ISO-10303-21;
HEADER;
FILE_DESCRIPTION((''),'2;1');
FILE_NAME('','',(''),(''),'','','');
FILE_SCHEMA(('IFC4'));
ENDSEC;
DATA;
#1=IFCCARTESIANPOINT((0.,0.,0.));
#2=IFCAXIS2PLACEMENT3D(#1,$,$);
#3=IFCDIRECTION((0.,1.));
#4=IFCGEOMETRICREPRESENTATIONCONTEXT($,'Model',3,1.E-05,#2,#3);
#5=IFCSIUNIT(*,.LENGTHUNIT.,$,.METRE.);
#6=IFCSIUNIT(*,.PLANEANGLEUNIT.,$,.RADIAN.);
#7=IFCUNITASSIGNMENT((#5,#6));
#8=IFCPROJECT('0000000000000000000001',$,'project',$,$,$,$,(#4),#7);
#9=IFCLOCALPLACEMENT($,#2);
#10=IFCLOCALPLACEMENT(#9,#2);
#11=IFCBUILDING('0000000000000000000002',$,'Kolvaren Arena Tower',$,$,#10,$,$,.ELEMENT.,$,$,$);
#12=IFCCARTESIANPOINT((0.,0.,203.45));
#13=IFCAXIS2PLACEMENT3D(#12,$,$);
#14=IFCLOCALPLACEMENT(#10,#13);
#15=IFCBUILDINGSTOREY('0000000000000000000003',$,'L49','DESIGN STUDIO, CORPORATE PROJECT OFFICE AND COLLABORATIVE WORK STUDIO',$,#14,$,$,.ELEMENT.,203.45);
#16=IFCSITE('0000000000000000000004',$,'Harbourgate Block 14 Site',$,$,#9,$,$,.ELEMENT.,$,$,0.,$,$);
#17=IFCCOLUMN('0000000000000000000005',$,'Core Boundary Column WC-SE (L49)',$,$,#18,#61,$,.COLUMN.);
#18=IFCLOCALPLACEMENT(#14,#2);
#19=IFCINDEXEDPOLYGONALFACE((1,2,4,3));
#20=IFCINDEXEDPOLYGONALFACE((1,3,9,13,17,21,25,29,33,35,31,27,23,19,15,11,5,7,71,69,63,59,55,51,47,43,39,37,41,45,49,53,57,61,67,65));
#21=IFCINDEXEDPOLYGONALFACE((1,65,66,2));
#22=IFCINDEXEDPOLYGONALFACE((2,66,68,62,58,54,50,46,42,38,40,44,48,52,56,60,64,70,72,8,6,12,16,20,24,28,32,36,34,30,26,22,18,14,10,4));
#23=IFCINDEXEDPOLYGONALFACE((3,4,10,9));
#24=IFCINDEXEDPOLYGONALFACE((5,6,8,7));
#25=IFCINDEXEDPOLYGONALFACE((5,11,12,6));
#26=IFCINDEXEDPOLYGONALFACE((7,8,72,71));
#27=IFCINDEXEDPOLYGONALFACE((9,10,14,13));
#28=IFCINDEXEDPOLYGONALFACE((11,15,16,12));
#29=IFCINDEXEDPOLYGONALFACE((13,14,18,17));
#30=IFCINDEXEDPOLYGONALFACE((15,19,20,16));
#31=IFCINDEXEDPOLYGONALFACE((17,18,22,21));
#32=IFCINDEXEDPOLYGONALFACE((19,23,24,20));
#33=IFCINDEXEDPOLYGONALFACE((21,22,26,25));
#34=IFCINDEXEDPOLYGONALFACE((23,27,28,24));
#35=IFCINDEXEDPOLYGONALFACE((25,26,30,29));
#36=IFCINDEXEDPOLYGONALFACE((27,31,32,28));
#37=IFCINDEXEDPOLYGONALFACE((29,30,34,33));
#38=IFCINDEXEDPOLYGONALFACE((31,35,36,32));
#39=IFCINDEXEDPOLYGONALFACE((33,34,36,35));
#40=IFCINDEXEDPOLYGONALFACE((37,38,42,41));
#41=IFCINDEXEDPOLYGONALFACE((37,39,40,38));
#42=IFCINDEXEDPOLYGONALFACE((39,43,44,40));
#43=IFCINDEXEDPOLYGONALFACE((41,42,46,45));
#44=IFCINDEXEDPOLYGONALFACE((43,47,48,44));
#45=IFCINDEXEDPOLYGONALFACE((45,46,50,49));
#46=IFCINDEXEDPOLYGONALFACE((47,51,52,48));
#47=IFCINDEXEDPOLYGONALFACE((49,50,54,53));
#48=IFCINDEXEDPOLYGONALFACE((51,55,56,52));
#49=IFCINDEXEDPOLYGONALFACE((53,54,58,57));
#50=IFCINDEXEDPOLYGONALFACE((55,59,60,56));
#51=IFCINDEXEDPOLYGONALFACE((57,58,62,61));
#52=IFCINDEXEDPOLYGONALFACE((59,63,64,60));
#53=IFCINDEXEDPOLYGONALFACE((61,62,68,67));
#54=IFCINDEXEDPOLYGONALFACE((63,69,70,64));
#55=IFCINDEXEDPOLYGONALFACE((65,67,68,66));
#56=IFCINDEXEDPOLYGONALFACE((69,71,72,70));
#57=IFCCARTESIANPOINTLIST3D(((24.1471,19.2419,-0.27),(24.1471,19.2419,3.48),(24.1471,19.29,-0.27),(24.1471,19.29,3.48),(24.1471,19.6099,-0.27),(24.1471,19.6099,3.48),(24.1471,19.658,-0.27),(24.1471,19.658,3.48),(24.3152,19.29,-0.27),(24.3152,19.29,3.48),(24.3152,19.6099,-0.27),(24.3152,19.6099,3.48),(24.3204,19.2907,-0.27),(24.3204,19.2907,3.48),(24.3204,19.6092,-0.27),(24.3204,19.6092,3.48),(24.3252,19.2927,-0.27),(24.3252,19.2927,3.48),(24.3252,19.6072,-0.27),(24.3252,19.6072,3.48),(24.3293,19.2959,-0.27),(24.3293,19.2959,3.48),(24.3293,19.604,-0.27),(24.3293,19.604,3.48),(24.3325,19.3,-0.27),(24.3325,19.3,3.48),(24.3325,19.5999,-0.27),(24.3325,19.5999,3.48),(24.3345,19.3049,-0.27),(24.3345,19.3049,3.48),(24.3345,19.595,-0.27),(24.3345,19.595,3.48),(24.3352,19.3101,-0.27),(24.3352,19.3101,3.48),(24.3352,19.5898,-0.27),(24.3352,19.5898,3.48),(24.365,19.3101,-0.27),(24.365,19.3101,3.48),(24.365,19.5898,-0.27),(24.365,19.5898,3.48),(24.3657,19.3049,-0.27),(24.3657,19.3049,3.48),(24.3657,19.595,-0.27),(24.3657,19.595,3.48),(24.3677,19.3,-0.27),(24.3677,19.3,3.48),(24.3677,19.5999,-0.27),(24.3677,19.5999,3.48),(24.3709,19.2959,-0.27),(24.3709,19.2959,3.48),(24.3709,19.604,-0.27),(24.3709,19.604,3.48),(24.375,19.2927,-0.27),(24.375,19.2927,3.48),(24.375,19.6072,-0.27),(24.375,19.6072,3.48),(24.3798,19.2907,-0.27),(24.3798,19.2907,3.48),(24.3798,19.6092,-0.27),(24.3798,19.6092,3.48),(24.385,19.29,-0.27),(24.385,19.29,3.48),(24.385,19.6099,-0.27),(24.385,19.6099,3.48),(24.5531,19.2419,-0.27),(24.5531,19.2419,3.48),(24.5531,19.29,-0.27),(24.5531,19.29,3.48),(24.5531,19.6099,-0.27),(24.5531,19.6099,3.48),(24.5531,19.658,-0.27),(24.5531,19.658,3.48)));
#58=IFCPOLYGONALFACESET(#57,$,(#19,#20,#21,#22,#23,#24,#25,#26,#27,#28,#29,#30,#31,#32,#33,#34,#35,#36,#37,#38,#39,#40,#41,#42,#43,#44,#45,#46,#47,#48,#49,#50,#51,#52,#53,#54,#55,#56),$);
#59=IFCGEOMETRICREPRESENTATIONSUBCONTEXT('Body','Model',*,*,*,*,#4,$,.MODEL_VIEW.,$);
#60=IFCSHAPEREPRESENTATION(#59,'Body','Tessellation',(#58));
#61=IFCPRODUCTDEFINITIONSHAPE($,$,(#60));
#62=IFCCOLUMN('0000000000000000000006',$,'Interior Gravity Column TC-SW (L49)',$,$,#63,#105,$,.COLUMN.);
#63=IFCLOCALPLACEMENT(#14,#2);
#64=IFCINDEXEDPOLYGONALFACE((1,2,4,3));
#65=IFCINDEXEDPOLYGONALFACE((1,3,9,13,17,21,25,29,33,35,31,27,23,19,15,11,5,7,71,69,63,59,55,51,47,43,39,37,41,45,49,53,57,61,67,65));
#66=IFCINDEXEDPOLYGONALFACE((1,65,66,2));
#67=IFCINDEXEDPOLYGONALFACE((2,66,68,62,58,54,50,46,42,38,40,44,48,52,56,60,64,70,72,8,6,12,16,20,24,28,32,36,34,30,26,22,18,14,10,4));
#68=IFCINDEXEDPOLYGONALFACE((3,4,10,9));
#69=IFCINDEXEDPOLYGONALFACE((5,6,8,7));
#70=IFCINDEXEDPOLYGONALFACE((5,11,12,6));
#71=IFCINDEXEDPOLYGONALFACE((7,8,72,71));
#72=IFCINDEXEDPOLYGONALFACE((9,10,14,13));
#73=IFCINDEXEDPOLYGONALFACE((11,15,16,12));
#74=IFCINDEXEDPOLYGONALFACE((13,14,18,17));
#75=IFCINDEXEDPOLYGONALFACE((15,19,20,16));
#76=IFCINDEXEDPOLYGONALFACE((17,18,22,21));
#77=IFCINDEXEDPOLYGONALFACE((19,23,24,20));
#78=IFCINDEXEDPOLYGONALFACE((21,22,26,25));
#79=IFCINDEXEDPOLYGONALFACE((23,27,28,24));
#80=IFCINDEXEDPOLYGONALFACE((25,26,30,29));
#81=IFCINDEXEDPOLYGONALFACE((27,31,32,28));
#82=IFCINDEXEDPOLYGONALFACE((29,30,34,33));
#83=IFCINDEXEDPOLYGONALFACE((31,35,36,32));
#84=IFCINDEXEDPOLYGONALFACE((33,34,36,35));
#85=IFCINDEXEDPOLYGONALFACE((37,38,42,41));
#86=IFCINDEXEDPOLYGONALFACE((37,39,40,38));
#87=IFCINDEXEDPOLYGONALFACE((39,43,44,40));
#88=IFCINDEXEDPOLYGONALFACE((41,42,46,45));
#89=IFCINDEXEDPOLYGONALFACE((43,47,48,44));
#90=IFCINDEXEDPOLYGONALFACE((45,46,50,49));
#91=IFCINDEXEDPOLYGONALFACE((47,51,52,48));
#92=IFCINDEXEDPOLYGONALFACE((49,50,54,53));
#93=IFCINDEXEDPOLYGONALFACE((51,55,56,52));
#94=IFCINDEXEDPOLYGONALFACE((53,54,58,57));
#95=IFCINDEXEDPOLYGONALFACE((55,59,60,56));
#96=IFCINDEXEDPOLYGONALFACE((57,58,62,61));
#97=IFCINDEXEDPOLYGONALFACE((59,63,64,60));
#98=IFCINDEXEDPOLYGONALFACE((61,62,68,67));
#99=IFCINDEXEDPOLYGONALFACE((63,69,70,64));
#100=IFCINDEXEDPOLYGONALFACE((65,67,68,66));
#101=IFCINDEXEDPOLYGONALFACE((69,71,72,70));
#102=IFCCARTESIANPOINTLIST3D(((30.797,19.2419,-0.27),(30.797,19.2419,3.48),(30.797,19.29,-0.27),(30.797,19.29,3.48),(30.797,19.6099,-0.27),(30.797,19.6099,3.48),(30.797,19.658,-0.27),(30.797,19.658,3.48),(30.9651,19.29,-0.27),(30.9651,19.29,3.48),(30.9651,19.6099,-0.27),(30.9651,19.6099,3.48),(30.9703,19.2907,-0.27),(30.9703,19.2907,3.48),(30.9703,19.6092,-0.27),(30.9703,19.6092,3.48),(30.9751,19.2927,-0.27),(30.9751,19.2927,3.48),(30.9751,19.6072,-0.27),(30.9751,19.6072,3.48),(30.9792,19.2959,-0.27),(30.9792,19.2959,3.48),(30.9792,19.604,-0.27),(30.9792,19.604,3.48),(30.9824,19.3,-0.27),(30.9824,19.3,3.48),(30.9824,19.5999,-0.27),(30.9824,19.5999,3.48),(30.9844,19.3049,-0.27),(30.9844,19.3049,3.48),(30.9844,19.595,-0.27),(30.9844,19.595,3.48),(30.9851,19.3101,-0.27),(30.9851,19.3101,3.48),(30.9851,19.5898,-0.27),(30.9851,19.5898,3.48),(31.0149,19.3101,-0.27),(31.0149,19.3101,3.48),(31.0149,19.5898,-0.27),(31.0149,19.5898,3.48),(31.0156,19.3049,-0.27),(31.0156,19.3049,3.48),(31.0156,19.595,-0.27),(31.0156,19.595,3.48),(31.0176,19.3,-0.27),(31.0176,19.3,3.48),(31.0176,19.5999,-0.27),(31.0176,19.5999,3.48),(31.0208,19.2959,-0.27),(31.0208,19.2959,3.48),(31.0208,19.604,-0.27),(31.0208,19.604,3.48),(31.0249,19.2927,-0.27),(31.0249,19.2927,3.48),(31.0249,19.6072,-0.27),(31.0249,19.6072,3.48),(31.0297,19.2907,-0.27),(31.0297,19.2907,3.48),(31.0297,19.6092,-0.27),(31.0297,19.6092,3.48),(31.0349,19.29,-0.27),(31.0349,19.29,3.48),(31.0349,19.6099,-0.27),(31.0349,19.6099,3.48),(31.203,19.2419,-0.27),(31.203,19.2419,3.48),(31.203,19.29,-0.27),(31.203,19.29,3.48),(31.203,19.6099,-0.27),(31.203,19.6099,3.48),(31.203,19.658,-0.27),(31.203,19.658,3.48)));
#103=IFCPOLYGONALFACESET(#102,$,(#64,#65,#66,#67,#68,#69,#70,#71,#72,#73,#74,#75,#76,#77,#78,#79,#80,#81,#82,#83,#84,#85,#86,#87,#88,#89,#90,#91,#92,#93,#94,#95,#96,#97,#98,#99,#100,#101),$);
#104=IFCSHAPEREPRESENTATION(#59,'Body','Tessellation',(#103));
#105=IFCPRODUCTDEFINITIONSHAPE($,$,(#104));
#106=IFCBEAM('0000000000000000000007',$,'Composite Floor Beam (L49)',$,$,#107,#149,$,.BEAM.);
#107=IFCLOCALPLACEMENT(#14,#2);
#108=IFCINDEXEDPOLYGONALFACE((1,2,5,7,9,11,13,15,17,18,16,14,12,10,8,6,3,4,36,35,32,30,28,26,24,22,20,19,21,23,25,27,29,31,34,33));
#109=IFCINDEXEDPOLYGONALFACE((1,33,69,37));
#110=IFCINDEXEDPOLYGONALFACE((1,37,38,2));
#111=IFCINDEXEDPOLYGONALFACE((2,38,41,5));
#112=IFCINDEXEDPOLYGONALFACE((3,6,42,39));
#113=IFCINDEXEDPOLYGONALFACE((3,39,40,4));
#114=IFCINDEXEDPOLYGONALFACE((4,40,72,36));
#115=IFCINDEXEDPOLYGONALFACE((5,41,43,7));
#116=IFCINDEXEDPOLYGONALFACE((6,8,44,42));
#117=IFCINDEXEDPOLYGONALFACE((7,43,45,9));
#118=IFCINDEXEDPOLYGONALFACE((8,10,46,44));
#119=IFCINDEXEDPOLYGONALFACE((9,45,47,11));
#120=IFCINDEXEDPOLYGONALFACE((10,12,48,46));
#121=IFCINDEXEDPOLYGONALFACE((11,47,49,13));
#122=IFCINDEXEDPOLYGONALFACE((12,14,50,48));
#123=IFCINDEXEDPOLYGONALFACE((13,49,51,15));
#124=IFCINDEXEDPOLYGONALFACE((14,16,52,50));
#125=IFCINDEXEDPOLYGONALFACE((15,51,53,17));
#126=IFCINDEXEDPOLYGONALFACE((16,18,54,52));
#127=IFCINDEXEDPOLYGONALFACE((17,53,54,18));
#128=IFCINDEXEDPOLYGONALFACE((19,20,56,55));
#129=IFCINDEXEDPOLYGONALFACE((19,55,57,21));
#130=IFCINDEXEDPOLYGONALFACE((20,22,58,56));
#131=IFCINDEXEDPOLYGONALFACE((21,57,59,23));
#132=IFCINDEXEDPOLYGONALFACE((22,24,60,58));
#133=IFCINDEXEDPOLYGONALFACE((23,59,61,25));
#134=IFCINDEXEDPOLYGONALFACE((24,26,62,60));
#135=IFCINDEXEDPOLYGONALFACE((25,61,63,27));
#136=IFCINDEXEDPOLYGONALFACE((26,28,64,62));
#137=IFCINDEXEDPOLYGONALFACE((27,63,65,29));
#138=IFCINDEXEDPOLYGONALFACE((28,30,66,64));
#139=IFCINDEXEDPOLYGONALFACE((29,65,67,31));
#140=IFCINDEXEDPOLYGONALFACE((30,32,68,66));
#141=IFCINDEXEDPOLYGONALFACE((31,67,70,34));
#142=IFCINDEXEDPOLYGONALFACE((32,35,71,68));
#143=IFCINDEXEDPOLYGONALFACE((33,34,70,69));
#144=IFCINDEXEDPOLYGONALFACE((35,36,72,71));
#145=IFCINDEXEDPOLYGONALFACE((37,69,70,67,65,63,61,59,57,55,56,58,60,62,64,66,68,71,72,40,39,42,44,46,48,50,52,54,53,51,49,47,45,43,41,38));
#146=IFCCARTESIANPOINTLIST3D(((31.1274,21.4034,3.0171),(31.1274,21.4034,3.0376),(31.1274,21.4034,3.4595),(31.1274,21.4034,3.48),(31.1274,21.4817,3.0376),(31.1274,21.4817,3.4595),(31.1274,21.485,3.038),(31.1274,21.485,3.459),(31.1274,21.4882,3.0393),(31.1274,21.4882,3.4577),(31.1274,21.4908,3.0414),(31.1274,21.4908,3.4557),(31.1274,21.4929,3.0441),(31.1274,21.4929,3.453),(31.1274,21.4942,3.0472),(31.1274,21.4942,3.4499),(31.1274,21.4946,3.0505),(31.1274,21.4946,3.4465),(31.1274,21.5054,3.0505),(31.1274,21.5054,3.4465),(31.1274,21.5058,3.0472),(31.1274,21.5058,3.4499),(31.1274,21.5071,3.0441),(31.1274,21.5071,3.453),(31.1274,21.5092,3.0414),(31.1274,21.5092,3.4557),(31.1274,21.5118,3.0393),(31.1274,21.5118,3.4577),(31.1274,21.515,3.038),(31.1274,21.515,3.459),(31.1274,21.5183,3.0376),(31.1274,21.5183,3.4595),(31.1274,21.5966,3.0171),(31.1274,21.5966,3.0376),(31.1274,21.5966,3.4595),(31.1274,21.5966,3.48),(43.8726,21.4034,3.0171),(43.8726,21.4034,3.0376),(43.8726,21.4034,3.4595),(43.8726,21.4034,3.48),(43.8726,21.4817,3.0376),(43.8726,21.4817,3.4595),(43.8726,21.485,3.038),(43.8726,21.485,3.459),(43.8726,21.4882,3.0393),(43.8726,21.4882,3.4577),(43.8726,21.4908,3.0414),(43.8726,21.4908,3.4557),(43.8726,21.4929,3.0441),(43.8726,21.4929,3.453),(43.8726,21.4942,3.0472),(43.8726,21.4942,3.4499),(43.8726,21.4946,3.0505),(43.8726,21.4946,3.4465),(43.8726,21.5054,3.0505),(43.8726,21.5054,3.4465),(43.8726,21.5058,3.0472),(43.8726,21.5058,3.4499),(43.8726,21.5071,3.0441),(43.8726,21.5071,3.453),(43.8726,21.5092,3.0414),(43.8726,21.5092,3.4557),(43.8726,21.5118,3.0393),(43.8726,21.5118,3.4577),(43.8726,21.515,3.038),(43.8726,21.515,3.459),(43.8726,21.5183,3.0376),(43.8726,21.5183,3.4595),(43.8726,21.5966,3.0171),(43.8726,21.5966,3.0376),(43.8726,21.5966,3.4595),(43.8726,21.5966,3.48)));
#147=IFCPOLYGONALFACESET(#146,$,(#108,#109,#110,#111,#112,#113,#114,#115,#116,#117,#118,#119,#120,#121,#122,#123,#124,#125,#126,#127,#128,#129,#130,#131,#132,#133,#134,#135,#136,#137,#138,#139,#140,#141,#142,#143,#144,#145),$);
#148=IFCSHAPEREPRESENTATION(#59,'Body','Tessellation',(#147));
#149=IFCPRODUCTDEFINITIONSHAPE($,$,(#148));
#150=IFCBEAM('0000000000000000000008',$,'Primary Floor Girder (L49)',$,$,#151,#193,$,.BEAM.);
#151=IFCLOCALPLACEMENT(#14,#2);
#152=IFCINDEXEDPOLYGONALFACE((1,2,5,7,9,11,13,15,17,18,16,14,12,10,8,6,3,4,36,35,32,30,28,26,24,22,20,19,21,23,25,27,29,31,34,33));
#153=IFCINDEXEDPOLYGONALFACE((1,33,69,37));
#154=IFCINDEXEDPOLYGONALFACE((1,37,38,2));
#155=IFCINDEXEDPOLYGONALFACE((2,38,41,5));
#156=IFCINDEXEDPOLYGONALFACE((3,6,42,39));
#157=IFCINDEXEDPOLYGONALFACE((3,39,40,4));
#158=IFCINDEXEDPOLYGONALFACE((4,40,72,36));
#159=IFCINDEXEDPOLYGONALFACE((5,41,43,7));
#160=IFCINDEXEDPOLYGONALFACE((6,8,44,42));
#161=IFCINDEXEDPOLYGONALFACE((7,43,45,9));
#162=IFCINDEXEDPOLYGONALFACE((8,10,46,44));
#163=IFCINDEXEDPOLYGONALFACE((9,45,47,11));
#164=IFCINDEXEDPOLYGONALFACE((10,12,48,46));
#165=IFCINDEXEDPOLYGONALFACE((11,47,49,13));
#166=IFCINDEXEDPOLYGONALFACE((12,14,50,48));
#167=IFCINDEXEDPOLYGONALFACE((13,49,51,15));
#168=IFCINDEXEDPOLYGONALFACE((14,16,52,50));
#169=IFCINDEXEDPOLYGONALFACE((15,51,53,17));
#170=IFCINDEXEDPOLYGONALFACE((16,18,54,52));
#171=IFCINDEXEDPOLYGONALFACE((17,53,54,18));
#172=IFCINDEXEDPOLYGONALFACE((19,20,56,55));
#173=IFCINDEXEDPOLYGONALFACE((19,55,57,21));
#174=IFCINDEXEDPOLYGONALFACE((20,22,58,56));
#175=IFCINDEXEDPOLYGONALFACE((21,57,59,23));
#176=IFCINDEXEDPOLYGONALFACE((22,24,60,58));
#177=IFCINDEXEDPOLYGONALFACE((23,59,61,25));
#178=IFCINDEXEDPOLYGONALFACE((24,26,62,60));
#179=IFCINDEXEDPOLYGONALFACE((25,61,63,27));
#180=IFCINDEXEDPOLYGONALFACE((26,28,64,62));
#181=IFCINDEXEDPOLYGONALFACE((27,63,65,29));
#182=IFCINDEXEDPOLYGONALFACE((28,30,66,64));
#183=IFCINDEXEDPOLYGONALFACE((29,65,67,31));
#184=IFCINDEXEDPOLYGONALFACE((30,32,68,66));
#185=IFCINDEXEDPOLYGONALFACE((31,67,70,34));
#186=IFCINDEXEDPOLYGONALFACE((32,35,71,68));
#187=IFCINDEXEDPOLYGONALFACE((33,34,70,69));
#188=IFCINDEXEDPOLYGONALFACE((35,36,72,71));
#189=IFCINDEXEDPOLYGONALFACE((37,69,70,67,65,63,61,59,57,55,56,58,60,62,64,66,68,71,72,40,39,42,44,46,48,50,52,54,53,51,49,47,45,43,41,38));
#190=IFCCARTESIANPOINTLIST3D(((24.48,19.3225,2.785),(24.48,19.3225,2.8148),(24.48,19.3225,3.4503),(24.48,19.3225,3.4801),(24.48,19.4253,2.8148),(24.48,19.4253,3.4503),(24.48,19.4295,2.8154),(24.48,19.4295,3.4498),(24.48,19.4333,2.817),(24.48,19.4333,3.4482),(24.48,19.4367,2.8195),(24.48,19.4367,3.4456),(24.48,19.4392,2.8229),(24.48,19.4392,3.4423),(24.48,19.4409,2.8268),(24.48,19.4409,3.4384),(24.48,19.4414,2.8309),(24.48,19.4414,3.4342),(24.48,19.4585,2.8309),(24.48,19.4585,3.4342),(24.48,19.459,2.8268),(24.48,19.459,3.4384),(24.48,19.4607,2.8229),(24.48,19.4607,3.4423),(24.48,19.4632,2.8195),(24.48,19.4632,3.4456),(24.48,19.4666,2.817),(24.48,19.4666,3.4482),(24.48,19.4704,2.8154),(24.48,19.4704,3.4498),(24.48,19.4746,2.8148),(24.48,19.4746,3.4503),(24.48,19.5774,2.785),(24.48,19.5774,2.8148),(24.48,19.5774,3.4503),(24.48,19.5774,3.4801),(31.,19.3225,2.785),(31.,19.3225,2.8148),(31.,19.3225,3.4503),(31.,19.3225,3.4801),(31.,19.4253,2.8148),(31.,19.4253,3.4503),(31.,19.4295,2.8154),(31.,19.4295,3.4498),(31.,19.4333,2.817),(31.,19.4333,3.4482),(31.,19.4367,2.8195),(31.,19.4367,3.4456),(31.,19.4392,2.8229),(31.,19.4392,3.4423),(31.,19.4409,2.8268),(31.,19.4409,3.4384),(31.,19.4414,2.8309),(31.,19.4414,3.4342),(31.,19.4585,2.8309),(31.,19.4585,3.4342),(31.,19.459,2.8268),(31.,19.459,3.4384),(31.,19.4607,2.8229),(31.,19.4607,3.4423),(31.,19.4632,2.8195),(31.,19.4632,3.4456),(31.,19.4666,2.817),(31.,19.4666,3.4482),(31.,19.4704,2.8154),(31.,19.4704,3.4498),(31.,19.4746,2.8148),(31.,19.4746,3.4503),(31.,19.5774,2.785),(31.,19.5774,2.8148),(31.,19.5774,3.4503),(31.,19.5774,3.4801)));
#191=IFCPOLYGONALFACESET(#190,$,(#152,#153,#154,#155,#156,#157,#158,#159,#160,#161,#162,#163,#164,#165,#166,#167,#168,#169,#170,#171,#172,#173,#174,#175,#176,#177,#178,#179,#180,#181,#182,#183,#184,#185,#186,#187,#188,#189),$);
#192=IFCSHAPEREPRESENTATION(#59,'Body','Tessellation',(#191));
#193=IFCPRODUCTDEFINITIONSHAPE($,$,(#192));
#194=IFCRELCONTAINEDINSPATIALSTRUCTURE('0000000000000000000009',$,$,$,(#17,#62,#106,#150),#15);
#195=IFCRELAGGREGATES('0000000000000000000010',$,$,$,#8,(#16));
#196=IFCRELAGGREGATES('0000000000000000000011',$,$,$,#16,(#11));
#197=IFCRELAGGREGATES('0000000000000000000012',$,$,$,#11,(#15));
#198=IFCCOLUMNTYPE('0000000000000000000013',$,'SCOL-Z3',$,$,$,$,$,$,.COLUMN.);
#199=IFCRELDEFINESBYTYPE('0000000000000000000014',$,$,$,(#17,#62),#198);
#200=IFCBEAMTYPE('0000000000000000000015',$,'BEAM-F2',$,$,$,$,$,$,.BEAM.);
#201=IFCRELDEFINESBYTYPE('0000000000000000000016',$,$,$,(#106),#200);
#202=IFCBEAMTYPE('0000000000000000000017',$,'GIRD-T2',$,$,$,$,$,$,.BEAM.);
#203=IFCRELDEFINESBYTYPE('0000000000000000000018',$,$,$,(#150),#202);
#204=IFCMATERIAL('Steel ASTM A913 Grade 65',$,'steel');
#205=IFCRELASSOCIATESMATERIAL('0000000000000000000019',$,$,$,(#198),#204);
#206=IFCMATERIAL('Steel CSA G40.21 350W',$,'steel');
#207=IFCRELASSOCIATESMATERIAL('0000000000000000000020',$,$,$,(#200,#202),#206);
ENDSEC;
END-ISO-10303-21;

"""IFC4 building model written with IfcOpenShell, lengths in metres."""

from ifc_helpers import new_model, si_unit, direction, frame, origin, origin_2d, place, context, subcontext, project, spatial, i_section, extrude, material, material_profile, profile_set, type_object, element, save


model = new_model("IFC4")

# Units and contexts
model_context = context("Model", 3, precision=1e-05, world=origin(), true_north=direction((0.0, 1.0)))
body_context = subcontext(model_context, "Body", "Model", "MODEL_VIEW")
ifc_project = project(units=[si_unit("LENGTHUNIT", "METRE"), si_unit("PLANEANGLEUNIT", "RADIAN")], contexts=[model_context])

# Site, building, storey
site_placement = place(None, origin())
site = spatial("IfcSite", under=ifc_project, at=site_placement, Name="Harbourgate Block 14 Site", CompositionType="ELEMENT", RefElevation=0.0)
building_placement = place(site_placement, origin())
building = spatial("IfcBuilding", under=site, at=building_placement, Name="Kolvaren Arena Tower", CompositionType="ELEMENT")
storey_placement = place(building_placement, frame((0.0, 0.0, 203.45)))
storey = spatial("IfcBuildingStorey", under=building, at=storey_placement, Name="L49", Description="DESIGN STUDIO, CORPORATE PROJECT OFFICE AND COLLABORATIVE WORK STUDIO", CompositionType="ELEMENT", Elevation=203.45)

# Columns
ifc_material_1 = material(Name="Steel ASTM A913 Grade 65", Category="steel")
ifc_material_profile_1 = material_profile(ifc_material_1, i_section(OverallWidth=0.406, OverallDepth=0.416, WebThickness=0.0298, FlangeThickness=0.0481, FilletRadius=0.02, at=origin_2d()), Name="W360x382")
ifc_profile_set_1 = profile_set([ifc_material_profile_1], Name="Steel ASTM A913 Grade 65")
column_type = type_object("IfcColumnType", Name="SCOL-Z3", PredefinedType="COLUMN", material=ifc_profile_set_1)
for number, where, z_axis, x_axis, name in (
    (1, (24.3501, 19.45, -0.27), (0.0, 0.0, 1.0), (1.0, 0.0, 0.0), "Core Boundary Column WC-SE (L49)"),
    (2, (31.0, 19.45, -0.27), (0.0, 0.0, 1.0), (1.0, 0.0, 0.0), "Interior Gravity Column TC-SW (L49)"),
):
    element("IfcColumn", number, at=place(storey_placement, frame(where, z_axis=z_axis, x_axis=x_axis)), inside=storey, type_object=column_type, Name=name, PredefinedType="COLUMN", context=body_context, shape_type="SweptSolid", body=[
        extrude(i_section(OverallWidth=0.406, OverallDepth=0.416, WebThickness=0.0298, FlangeThickness=0.0481, FilletRadius=0.02, at=origin_2d()), origin(), (0.0, 0.0, 1.0), 3.75),
    ])

# Beams
ifc_material_2 = material(Name="Steel CSA G40.21 350W", Category="steel")
ifc_material_profile_2 = material_profile(ifc_material_2, i_section(OverallWidth=0.1931, OverallDepth=0.4629, WebThickness=0.0107, FlangeThickness=0.0205, FilletRadius=0.0129, at=origin_2d()), Name="W460x113")
ifc_profile_set_2 = profile_set([ifc_material_profile_2], Name="Steel CSA G40.21 350W")
beam_type_1 = type_object("IfcBeamType", Name="BEAM-F2", PredefinedType="BEAM", material=ifc_profile_set_2)
beam_1_placement = place(storey_placement, frame((31.1274, 21.5, 3.2485), z_axis=(1.0, 0.0, 0.0), x_axis=(0.0, 1.0, 0.0)))
element("IfcBeam", 3, at=beam_1_placement, inside=storey, type_object=beam_type_1, Name="Composite Floor Beam (L49)", PredefinedType="BEAM", context=body_context, shape_type="SweptSolid", body=[
    extrude(i_section(OverallWidth=0.1931, OverallDepth=0.4629, WebThickness=0.0107, FlangeThickness=0.0205, FilletRadius=0.0129, at=origin_2d()), origin(), (0.0, 0.0, 1.0), 12.7451),
])
ifc_material_profile_3 = material_profile(ifc_material_2, i_section(OverallWidth=0.2549, OverallDepth=0.6951, WebThickness=0.0171, FlangeThickness=0.0298, FilletRadius=0.0161, at=origin_2d()), Name="W690x217")
ifc_profile_set_3 = profile_set([ifc_material_profile_3], Name="Steel CSA G40.21 350W")
beam_type_2 = type_object("IfcBeamType", Name="GIRD-T2", PredefinedType="BEAM", material=ifc_profile_set_3)
beam_2_placement = place(storey_placement, frame((24.48, 19.45, 3.1326), z_axis=(1.0, 0.0, 0.0), x_axis=(0.0, 1.0, 0.0)))
element("IfcBeam", 4, at=beam_2_placement, inside=storey, type_object=beam_type_2, Name="Primary Floor Girder (L49)", PredefinedType="BEAM", context=body_context, shape_type="SweptSolid", body=[
    extrude(i_section(OverallWidth=0.2549, OverallDepth=0.6951, WebThickness=0.0171, FlangeThickness=0.0298, FilletRadius=0.0161, at=origin_2d()), origin(), (0.0, 0.0, 1.0), 6.52),
])

save(model, "model.ifc")
